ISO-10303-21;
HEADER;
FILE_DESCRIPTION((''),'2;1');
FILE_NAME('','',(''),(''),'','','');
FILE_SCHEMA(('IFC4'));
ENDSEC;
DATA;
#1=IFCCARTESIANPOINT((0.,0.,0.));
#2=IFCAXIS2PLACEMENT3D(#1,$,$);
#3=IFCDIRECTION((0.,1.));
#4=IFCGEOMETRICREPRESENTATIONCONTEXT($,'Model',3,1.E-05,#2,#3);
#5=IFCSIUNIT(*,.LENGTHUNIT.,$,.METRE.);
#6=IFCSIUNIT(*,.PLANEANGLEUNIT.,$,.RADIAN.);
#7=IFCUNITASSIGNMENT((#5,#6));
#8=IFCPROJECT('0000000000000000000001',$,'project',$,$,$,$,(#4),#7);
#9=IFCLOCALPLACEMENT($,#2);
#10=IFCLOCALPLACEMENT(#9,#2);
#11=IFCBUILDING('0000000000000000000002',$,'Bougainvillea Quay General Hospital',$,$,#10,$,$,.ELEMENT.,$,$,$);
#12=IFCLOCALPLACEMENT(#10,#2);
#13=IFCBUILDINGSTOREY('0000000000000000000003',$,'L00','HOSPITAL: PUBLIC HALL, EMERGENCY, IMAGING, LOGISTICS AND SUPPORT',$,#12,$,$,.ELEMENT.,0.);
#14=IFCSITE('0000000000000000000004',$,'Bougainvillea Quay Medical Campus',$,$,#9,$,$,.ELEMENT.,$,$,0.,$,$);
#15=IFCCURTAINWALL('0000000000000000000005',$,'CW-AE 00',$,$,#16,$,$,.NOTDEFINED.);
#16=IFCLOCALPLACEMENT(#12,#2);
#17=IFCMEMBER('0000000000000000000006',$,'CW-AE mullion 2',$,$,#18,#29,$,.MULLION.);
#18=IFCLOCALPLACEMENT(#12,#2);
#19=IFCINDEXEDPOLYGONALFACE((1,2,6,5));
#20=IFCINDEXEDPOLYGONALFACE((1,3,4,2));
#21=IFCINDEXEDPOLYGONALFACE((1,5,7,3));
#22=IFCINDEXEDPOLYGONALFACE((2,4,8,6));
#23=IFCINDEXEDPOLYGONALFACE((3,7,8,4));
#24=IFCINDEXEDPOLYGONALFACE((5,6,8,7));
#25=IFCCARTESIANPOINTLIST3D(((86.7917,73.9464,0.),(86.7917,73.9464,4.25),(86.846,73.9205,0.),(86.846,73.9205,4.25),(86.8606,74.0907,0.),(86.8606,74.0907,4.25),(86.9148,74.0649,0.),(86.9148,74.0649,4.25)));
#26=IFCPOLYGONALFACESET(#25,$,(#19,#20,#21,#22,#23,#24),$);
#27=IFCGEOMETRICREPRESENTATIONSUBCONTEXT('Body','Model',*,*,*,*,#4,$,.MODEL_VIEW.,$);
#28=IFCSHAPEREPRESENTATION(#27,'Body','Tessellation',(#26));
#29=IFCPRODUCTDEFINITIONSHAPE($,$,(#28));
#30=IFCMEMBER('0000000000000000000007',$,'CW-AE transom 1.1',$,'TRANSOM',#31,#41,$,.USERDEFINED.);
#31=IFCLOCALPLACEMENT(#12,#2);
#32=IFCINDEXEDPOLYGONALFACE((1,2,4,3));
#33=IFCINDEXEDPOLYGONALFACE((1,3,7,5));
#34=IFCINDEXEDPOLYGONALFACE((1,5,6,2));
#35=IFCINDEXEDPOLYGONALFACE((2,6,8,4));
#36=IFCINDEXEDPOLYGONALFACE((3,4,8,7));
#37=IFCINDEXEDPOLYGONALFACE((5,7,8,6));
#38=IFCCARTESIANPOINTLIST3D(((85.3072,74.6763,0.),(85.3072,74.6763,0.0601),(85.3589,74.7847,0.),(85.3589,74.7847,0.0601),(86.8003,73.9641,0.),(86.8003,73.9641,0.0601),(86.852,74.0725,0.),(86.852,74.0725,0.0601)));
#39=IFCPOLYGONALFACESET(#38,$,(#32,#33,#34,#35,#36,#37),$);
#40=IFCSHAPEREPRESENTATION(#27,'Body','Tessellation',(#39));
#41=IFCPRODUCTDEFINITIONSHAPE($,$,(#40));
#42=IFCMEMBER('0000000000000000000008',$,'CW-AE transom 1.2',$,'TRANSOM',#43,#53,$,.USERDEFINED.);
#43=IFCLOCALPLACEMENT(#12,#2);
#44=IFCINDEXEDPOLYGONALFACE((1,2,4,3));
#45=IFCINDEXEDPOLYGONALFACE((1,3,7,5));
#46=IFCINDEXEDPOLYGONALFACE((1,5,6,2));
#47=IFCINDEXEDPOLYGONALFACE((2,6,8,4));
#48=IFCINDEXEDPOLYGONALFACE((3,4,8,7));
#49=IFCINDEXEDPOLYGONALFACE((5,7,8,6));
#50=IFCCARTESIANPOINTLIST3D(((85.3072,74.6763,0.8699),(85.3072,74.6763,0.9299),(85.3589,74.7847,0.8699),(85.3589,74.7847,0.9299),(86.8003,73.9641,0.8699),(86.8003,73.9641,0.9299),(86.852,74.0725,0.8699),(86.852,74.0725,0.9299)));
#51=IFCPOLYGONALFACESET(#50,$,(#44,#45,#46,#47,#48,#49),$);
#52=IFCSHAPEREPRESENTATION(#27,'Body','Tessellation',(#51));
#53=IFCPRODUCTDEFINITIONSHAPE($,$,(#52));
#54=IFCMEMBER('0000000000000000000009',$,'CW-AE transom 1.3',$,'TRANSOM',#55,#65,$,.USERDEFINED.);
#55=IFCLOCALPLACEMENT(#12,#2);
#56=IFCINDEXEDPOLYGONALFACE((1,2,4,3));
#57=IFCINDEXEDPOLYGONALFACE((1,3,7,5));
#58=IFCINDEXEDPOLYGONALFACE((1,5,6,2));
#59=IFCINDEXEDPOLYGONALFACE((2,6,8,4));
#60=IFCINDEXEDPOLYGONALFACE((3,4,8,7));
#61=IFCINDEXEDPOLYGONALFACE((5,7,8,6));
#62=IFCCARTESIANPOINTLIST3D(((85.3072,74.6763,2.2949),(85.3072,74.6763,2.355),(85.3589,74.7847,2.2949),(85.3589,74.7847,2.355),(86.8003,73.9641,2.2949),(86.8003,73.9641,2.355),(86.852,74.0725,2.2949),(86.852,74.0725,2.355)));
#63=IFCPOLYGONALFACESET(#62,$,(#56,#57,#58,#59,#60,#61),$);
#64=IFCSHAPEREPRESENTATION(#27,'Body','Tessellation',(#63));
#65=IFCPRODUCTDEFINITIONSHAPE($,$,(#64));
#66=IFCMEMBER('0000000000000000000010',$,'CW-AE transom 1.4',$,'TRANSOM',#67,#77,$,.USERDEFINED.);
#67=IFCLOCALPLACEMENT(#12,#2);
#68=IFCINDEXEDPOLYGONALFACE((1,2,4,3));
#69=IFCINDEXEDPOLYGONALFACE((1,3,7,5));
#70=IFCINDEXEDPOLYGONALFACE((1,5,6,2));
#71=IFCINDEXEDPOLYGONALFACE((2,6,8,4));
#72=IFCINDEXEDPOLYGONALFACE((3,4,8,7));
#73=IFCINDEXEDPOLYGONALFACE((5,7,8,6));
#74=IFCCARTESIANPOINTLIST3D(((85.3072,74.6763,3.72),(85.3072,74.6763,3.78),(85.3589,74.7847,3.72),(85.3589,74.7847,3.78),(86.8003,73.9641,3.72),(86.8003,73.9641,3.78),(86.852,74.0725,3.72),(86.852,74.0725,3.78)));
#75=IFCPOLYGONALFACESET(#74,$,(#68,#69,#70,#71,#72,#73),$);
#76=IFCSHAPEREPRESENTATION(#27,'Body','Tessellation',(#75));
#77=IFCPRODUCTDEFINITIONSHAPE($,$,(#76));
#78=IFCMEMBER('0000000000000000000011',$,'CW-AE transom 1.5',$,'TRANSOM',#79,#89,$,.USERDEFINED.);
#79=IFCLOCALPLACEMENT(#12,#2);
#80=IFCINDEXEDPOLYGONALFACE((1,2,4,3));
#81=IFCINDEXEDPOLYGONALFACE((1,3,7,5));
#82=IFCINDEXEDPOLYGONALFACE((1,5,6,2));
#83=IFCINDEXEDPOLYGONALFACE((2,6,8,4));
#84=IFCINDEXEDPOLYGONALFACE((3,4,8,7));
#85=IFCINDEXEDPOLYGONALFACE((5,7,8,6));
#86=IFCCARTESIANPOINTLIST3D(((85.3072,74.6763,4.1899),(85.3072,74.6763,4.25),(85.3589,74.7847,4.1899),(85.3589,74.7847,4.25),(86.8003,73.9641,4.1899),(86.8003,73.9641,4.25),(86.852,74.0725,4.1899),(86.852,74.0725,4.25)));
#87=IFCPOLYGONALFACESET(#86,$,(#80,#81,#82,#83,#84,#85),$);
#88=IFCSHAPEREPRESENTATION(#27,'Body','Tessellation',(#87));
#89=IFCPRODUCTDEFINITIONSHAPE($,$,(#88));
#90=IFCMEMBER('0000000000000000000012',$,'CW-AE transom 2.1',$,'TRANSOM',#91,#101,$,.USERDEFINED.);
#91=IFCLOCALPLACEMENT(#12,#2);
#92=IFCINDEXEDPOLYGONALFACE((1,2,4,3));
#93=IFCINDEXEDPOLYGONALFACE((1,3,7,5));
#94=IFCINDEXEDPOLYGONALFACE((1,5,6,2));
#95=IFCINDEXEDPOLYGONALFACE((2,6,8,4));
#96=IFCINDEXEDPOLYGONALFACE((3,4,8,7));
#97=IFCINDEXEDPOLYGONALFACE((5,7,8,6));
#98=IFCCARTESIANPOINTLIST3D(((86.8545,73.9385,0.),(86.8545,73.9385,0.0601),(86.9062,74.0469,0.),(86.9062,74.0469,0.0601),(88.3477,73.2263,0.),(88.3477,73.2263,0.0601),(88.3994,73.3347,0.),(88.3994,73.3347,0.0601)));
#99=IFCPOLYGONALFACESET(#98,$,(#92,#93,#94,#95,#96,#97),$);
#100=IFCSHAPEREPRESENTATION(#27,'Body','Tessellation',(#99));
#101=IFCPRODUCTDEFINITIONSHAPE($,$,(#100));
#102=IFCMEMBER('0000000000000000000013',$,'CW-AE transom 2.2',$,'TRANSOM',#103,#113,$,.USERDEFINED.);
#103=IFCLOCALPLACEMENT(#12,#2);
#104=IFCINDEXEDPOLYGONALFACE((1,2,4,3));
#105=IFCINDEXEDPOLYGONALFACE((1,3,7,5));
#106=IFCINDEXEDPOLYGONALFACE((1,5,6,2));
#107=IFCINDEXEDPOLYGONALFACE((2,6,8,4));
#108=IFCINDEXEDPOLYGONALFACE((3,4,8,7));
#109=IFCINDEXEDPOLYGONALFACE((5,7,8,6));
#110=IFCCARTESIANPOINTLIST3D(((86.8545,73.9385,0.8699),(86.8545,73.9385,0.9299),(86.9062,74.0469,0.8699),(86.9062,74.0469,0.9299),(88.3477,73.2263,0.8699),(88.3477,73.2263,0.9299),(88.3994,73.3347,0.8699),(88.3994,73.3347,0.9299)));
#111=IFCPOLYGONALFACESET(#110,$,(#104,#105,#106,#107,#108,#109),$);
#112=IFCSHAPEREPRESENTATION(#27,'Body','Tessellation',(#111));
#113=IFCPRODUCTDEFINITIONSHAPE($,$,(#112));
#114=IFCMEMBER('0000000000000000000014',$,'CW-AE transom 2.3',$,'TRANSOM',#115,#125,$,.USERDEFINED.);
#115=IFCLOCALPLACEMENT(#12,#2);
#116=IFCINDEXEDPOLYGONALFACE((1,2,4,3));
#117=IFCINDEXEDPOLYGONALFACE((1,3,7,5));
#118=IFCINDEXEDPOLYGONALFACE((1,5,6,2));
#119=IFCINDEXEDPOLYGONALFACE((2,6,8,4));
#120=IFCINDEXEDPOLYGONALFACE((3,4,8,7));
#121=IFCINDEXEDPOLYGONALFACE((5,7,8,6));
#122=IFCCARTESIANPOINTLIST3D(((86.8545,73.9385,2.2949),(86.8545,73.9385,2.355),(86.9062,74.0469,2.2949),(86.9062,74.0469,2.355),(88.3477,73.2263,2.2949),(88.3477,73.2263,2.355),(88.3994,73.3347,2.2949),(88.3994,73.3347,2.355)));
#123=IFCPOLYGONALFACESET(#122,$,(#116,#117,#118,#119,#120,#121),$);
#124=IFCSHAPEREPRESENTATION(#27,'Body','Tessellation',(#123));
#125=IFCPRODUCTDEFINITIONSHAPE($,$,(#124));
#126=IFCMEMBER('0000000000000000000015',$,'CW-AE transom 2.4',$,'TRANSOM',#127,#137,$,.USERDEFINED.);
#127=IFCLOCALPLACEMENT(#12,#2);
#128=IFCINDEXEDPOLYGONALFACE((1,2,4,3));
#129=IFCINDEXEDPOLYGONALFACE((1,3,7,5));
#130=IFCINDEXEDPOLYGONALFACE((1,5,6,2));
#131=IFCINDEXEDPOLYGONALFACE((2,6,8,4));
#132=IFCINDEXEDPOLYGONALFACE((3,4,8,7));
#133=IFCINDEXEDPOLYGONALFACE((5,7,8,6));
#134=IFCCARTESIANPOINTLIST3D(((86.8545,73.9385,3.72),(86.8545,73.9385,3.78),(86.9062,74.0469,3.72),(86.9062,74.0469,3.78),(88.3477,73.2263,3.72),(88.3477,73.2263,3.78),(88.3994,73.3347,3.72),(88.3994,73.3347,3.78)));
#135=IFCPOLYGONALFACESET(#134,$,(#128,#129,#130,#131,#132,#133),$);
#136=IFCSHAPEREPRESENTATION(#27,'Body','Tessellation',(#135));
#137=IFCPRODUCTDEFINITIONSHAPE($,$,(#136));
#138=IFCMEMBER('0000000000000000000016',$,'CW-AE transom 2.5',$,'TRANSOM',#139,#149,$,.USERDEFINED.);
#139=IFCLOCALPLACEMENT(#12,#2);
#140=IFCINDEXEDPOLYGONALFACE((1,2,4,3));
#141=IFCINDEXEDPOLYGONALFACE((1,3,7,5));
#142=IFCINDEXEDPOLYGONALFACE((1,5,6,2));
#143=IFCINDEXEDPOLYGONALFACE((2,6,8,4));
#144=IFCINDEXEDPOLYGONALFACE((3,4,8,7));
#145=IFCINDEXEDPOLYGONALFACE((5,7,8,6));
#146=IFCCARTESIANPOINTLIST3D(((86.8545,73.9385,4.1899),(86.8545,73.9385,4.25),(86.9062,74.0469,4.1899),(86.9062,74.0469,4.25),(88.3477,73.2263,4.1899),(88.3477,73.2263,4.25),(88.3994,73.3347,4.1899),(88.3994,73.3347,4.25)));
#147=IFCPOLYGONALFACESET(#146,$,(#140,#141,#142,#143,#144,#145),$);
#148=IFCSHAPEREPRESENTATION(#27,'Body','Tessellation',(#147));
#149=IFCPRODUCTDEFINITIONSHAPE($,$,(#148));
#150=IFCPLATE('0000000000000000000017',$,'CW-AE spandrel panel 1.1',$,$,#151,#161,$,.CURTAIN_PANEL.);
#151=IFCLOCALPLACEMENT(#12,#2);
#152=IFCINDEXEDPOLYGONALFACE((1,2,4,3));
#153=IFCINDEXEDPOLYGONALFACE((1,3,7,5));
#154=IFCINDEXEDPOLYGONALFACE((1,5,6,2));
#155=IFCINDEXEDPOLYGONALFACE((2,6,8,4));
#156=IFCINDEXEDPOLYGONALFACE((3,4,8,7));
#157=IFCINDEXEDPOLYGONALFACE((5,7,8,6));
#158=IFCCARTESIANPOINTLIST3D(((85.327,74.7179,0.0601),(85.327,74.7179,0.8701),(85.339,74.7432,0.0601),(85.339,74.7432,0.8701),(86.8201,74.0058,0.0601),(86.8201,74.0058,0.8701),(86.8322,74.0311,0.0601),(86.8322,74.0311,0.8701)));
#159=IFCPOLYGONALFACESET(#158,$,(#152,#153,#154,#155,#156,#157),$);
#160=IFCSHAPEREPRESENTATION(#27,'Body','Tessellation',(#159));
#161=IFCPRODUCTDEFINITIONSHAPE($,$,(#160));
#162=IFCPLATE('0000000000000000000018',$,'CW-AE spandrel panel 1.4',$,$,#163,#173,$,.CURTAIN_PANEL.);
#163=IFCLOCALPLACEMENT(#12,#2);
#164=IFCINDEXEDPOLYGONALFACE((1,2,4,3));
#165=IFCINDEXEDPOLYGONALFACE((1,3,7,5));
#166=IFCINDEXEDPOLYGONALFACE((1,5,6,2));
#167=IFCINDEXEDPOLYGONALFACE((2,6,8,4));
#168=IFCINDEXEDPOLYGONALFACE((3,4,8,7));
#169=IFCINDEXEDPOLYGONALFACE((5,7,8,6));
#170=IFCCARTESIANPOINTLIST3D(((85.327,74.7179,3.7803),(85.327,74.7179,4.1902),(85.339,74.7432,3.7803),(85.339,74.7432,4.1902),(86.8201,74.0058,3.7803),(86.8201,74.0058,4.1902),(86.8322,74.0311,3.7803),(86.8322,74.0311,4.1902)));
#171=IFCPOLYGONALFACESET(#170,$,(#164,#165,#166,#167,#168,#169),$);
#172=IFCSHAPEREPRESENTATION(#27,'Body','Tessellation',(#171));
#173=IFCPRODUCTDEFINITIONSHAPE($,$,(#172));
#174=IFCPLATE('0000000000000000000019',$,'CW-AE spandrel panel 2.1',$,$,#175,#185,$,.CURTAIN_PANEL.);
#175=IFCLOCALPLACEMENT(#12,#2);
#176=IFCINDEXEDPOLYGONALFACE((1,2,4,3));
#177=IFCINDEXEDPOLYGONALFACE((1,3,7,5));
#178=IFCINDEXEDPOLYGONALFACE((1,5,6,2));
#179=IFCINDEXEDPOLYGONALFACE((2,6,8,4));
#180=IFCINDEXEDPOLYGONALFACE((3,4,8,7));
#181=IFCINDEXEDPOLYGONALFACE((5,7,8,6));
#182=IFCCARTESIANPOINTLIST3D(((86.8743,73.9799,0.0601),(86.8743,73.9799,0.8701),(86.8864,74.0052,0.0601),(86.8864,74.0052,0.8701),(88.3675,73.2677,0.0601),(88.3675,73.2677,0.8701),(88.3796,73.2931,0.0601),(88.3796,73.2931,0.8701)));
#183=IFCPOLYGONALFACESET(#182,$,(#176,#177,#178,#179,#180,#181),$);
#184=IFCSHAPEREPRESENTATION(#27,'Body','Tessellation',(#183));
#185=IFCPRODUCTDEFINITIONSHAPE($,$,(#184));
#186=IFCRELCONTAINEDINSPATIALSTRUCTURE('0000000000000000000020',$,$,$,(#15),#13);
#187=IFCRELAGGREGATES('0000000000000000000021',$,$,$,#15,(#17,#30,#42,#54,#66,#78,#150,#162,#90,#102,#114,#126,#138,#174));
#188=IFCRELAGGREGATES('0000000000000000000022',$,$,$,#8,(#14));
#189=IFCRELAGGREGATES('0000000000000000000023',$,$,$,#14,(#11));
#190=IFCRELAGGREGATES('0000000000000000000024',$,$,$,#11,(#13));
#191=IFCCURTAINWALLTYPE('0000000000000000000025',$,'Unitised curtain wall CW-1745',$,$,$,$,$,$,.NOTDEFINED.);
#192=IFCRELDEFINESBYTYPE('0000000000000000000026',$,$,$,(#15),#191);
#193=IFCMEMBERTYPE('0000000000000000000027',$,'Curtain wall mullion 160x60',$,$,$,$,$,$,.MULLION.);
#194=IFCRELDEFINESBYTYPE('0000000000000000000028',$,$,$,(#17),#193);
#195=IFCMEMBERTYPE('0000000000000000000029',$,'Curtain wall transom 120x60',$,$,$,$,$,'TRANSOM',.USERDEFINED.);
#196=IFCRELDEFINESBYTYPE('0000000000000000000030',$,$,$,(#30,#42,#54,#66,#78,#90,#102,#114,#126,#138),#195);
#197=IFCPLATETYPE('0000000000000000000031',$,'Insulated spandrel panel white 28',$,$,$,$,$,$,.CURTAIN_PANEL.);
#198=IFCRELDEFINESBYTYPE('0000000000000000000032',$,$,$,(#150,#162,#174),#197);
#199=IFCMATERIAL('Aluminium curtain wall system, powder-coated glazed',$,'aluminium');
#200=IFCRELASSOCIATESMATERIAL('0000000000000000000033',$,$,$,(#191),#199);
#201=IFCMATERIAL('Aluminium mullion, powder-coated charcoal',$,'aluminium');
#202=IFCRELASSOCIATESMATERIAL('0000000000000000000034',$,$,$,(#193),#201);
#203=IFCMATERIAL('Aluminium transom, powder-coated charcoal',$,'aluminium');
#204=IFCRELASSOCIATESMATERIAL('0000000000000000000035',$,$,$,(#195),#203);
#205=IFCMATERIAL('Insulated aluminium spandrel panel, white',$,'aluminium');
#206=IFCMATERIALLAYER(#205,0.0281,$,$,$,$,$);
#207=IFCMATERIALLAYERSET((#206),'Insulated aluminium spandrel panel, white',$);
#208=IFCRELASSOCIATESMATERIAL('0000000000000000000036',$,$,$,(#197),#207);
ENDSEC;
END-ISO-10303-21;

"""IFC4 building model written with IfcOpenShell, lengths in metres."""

from ifc_helpers import new_model, si_unit, direction, frame, origin, origin_2d, place, context, subcontext, project, spatial, rectangle, extrude, material, layer, layer_set, material_profile, profile_set, type_object, element, aggregate, save


model = new_model("IFC4")

# Units and contexts
model_context = context("Model", 3, precision=1e-05, world=origin(), true_north=direction((0.0, 1.0)))
body_context = subcontext(model_context, "Body", "Model", "MODEL_VIEW")
ifc_project = project(units=[si_unit("LENGTHUNIT", "METRE"), si_unit("PLANEANGLEUNIT", "RADIAN")], contexts=[model_context])

# Site, building, storey
site_placement = place(None, origin())
site = spatial("IfcSite", under=ifc_project, at=site_placement, Name="Bougainvillea Quay Medical Campus", CompositionType="ELEMENT", RefElevation=0.0)
building_placement = place(site_placement, origin())
building = spatial("IfcBuilding", under=site, at=building_placement, Name="Bougainvillea Quay General Hospital", CompositionType="ELEMENT")
storey_placement = place(building_placement, origin())
storey = spatial("IfcBuildingStorey", under=building, at=storey_placement, Name="L00", Description="HOSPITAL: PUBLIC HALL, EMERGENCY, IMAGING, LOGISTICS AND SUPPORT", CompositionType="ELEMENT", Elevation=0.0)

# Curtain wall, members, plates
ifc_material_1 = material(Name="Aluminium curtain wall system, powder-coated glazed", Category="aluminium")
curtain_wall_type = type_object("IfcCurtainWallType", Name="Unitised curtain wall CW-1745", PredefinedType="NOTDEFINED", material=ifc_material_1)
curtain_wall_placement = place(storey_placement, origin())
curtain_wall = element("IfcCurtainWall", 1, at=curtain_wall_placement, inside=storey, type_object=curtain_wall_type, Name="CW-AE 00", PredefinedType="NOTDEFINED")
ifc_material_2 = material(Name="Aluminium mullion, powder-coated charcoal", Category="aluminium")
ifc_material_profile_1 = material_profile(ifc_material_2, rectangle(XDim=0.1599, YDim=0.0601, at=origin_2d()))
ifc_profile_set_1 = profile_set([ifc_material_profile_1], Name="Aluminium mullion, powder-coated charcoal")
member_type_1 = type_object("IfcMemberType", Name="Curtain wall mullion 160x60", PredefinedType="MULLION", material=ifc_profile_set_1)
member_1_placement = place(storey_placement, frame((86.8533, 74.0056, 0.0), z_axis=(0.0, 0.0, 1.0), x_axis=(0.430463, 0.902608, 0.0)))
member_1 = element("IfcMember", 2, at=member_1_placement, type_object=member_type_1, Name="CW-AE mullion 2", PredefinedType="MULLION", context=body_context, shape_type="SweptSolid", body=[
    extrude(rectangle(XDim=0.1599, YDim=0.0601, at=origin_2d()), origin(), (0.0, 0.0, 1.0), 4.25),
])
ifc_material_3 = material(Name="Aluminium transom, powder-coated charcoal", Category="aluminium")
ifc_material_profile_2 = material_profile(ifc_material_3, rectangle(XDim=0.1201, YDim=0.0601, at=origin_2d()))
ifc_profile_set_2 = profile_set([ifc_material_profile_2], Name="Aluminium transom, powder-coated charcoal")
member_type_2 = type_object("IfcMemberType", Name="Curtain wall transom 120x60", ElementType="TRANSOM", PredefinedType="USERDEFINED", material=ifc_profile_set_2)
member_2_placement = place(storey_placement, frame((85.333, 74.7305, 0.03), z_axis=(0.902596, -0.430489, 0.0), x_axis=(0.430489, 0.902596, 0.0)))
member_2 = element("IfcMember", 3, at=member_2_placement, type_object=member_type_2, Name="CW-AE transom 1.1", ObjectType="TRANSOM", PredefinedType="USERDEFINED", context=body_context, shape_type="SweptSolid", body=[
    extrude(rectangle(XDim=0.1201, YDim=0.0601, at=origin_2d()), origin(), (0.0, 0.0, 1.0), 1.6543),
])
member_3_placement = place(storey_placement, frame((85.333, 74.7305, 0.8999), z_axis=(0.902596, -0.430489, 0.0), x_axis=(0.430489, 0.902596, 0.0)))
member_3 = element("IfcMember", 4, at=member_3_placement, type_object=member_type_2, Name="CW-AE transom 1.2", ObjectType="TRANSOM", PredefinedType="USERDEFINED", context=body_context, shape_type="SweptSolid", body=[
    extrude(rectangle(XDim=0.1201, YDim=0.0601, at=origin_2d()), origin(), (0.0, 0.0, 1.0), 1.6543),
])
member_4_placement = place(storey_placement, frame((85.333, 74.7305, 2.325), z_axis=(0.902596, -0.430489, 0.0), x_axis=(0.430489, 0.902596, 0.0)))
member_4 = element("IfcMember", 5, at=member_4_placement, type_object=member_type_2, Name="CW-AE transom 1.3", ObjectType="TRANSOM", PredefinedType="USERDEFINED", context=body_context, shape_type="SweptSolid", body=[
    extrude(rectangle(XDim=0.1201, YDim=0.0601, at=origin_2d()), origin(), (0.0, 0.0, 1.0), 1.6543),
])
member_5_placement = place(storey_placement, frame((85.333, 74.7305, 3.75), z_axis=(0.902596, -0.430489, 0.0), x_axis=(0.430489, 0.902596, 0.0)))
member_5 = element("IfcMember", 6, at=member_5_placement, type_object=member_type_2, Name="CW-AE transom 1.4", ObjectType="TRANSOM", PredefinedType="USERDEFINED", context=body_context, shape_type="SweptSolid", body=[
    extrude(rectangle(XDim=0.1201, YDim=0.0601, at=origin_2d()), origin(), (0.0, 0.0, 1.0), 1.6543),
])
member_6_placement = place(storey_placement, frame((85.333, 74.7305, 4.22), z_axis=(0.902596, -0.430489, 0.0), x_axis=(0.430489, 0.902596, 0.0)))
member_6 = element("IfcMember", 7, at=member_6_placement, type_object=member_type_2, Name="CW-AE transom 1.5", ObjectType="TRANSOM", PredefinedType="USERDEFINED", context=body_context, shape_type="SweptSolid", body=[
    extrude(rectangle(XDim=0.1201, YDim=0.0601, at=origin_2d()), origin(), (0.0, 0.0, 1.0), 1.6543),
])
member_7_placement = place(storey_placement, frame((86.8804, 73.9927, 0.03), z_axis=(0.902596, -0.430489, 0.0), x_axis=(0.430489, 0.902596, 0.0)))
member_7 = element("IfcMember", 8, at=member_7_placement, type_object=member_type_2, Name="CW-AE transom 2.1", ObjectType="TRANSOM", PredefinedType="USERDEFINED", context=body_context, shape_type="SweptSolid", body=[
    extrude(rectangle(XDim=0.1201, YDim=0.0601, at=origin_2d()), origin(), (0.0, 0.0, 1.0), 1.6543),
])
member_8_placement = place(storey_placement, frame((86.8804, 73.9927, 0.8999), z_axis=(0.902596, -0.430489, 0.0), x_axis=(0.430489, 0.902596, 0.0)))
member_8 = element("IfcMember", 9, at=member_8_placement, type_object=member_type_2, Name="CW-AE transom 2.2", ObjectType="TRANSOM", PredefinedType="USERDEFINED", context=body_context, shape_type="SweptSolid", body=[
    extrude(rectangle(XDim=0.1201, YDim=0.0601, at=origin_2d()), origin(), (0.0, 0.0, 1.0), 1.6543),
])
member_9_placement = place(storey_placement, frame((86.8804, 73.9927, 2.325), z_axis=(0.902596, -0.430489, 0.0), x_axis=(0.430489, 0.902596, 0.0)))
member_9 = element("IfcMember", 10, at=member_9_placement, type_object=member_type_2, Name="CW-AE transom 2.3", ObjectType="TRANSOM", PredefinedType="USERDEFINED", context=body_context, shape_type="SweptSolid", body=[
    extrude(rectangle(XDim=0.1201, YDim=0.0601, at=origin_2d()), origin(), (0.0, 0.0, 1.0), 1.6543),
])
member_10_placement = place(storey_placement, frame((86.8804, 73.9927, 3.75), z_axis=(0.902596, -0.430489, 0.0), x_axis=(0.430489, 0.902596, 0.0)))
member_10 = element("IfcMember", 11, at=member_10_placement, type_object=member_type_2, Name="CW-AE transom 2.4", ObjectType="TRANSOM", PredefinedType="USERDEFINED", context=body_context, shape_type="SweptSolid", body=[
    extrude(rectangle(XDim=0.1201, YDim=0.0601, at=origin_2d()), origin(), (0.0, 0.0, 1.0), 1.6543),
])
member_11_placement = place(storey_placement, frame((86.8804, 73.9927, 4.22), z_axis=(0.902596, -0.430489, 0.0), x_axis=(0.430489, 0.902596, 0.0)))
member_11 = element("IfcMember", 12, at=member_11_placement, type_object=member_type_2, Name="CW-AE transom 2.5", ObjectType="TRANSOM", PredefinedType="USERDEFINED", context=body_context, shape_type="SweptSolid", body=[
    extrude(rectangle(XDim=0.1201, YDim=0.0601, at=origin_2d()), origin(), (0.0, 0.0, 1.0), 1.6543),
])
ifc_material_4 = material(Name="Insulated aluminium spandrel panel, white", Category="aluminium")
ifc_layer_1 = layer(ifc_material_4, 0.0281)
ifc_layer_set_1 = layer_set([ifc_layer_1], Name="Insulated aluminium spandrel panel, white")
plate_type_1 = type_object("IfcPlateType", Name="Insulated spandrel panel white 28", PredefinedType="CURTAIN_PANEL", material=ifc_layer_set_1)
plate_1_placement = place(storey_placement, frame((86.0796, 74.3745, 0.0601), z_axis=(0.0, 0.0, 1.0), x_axis=(0.902608, -0.430463, 0.0)))
plate_1 = element("IfcPlate", 13, at=plate_1_placement, type_object=plate_type_1, Name="CW-AE spandrel panel 1.1", PredefinedType="CURTAIN_PANEL", context=body_context, shape_type="SweptSolid", body=[
    extrude(rectangle(XDim=1.6543, YDim=0.0281, at=origin_2d()), origin(), (0.0, 0.0, 1.0), 0.8101),
])
plate_2_placement = place(storey_placement, frame((86.0796, 74.3745, 3.7803), z_axis=(0.0, 0.0, 1.0), x_axis=(0.902608, -0.430463, 0.0)))
plate_2 = element("IfcPlate", 14, at=plate_2_placement, type_object=plate_type_1, Name="CW-AE spandrel panel 1.4", PredefinedType="CURTAIN_PANEL", context=body_context, shape_type="SweptSolid", body=[
    extrude(rectangle(XDim=1.6543, YDim=0.0281, at=origin_2d()), origin(), (0.0, 0.0, 1.0), 0.4099),
])
plate_3_placement = place(storey_placement, frame((87.627, 73.6365, 0.0601), z_axis=(0.0, 0.0, 1.0), x_axis=(0.902608, -0.430463, 0.0)))
plate_3 = element("IfcPlate", 15, at=plate_3_placement, type_object=plate_type_1, Name="CW-AE spandrel panel 2.1", PredefinedType="CURTAIN_PANEL", context=body_context, shape_type="SweptSolid", body=[
    extrude(rectangle(XDim=1.6543, YDim=0.0281, at=origin_2d()), origin(), (0.0, 0.0, 1.0), 0.8101),
])
aggregate(curtain_wall, [member_1, member_2, member_3, member_4, member_5, member_6, plate_1, plate_2, member_7, member_8, member_9, member_10, member_11, plate_3])

save(model, "model.ifc")
